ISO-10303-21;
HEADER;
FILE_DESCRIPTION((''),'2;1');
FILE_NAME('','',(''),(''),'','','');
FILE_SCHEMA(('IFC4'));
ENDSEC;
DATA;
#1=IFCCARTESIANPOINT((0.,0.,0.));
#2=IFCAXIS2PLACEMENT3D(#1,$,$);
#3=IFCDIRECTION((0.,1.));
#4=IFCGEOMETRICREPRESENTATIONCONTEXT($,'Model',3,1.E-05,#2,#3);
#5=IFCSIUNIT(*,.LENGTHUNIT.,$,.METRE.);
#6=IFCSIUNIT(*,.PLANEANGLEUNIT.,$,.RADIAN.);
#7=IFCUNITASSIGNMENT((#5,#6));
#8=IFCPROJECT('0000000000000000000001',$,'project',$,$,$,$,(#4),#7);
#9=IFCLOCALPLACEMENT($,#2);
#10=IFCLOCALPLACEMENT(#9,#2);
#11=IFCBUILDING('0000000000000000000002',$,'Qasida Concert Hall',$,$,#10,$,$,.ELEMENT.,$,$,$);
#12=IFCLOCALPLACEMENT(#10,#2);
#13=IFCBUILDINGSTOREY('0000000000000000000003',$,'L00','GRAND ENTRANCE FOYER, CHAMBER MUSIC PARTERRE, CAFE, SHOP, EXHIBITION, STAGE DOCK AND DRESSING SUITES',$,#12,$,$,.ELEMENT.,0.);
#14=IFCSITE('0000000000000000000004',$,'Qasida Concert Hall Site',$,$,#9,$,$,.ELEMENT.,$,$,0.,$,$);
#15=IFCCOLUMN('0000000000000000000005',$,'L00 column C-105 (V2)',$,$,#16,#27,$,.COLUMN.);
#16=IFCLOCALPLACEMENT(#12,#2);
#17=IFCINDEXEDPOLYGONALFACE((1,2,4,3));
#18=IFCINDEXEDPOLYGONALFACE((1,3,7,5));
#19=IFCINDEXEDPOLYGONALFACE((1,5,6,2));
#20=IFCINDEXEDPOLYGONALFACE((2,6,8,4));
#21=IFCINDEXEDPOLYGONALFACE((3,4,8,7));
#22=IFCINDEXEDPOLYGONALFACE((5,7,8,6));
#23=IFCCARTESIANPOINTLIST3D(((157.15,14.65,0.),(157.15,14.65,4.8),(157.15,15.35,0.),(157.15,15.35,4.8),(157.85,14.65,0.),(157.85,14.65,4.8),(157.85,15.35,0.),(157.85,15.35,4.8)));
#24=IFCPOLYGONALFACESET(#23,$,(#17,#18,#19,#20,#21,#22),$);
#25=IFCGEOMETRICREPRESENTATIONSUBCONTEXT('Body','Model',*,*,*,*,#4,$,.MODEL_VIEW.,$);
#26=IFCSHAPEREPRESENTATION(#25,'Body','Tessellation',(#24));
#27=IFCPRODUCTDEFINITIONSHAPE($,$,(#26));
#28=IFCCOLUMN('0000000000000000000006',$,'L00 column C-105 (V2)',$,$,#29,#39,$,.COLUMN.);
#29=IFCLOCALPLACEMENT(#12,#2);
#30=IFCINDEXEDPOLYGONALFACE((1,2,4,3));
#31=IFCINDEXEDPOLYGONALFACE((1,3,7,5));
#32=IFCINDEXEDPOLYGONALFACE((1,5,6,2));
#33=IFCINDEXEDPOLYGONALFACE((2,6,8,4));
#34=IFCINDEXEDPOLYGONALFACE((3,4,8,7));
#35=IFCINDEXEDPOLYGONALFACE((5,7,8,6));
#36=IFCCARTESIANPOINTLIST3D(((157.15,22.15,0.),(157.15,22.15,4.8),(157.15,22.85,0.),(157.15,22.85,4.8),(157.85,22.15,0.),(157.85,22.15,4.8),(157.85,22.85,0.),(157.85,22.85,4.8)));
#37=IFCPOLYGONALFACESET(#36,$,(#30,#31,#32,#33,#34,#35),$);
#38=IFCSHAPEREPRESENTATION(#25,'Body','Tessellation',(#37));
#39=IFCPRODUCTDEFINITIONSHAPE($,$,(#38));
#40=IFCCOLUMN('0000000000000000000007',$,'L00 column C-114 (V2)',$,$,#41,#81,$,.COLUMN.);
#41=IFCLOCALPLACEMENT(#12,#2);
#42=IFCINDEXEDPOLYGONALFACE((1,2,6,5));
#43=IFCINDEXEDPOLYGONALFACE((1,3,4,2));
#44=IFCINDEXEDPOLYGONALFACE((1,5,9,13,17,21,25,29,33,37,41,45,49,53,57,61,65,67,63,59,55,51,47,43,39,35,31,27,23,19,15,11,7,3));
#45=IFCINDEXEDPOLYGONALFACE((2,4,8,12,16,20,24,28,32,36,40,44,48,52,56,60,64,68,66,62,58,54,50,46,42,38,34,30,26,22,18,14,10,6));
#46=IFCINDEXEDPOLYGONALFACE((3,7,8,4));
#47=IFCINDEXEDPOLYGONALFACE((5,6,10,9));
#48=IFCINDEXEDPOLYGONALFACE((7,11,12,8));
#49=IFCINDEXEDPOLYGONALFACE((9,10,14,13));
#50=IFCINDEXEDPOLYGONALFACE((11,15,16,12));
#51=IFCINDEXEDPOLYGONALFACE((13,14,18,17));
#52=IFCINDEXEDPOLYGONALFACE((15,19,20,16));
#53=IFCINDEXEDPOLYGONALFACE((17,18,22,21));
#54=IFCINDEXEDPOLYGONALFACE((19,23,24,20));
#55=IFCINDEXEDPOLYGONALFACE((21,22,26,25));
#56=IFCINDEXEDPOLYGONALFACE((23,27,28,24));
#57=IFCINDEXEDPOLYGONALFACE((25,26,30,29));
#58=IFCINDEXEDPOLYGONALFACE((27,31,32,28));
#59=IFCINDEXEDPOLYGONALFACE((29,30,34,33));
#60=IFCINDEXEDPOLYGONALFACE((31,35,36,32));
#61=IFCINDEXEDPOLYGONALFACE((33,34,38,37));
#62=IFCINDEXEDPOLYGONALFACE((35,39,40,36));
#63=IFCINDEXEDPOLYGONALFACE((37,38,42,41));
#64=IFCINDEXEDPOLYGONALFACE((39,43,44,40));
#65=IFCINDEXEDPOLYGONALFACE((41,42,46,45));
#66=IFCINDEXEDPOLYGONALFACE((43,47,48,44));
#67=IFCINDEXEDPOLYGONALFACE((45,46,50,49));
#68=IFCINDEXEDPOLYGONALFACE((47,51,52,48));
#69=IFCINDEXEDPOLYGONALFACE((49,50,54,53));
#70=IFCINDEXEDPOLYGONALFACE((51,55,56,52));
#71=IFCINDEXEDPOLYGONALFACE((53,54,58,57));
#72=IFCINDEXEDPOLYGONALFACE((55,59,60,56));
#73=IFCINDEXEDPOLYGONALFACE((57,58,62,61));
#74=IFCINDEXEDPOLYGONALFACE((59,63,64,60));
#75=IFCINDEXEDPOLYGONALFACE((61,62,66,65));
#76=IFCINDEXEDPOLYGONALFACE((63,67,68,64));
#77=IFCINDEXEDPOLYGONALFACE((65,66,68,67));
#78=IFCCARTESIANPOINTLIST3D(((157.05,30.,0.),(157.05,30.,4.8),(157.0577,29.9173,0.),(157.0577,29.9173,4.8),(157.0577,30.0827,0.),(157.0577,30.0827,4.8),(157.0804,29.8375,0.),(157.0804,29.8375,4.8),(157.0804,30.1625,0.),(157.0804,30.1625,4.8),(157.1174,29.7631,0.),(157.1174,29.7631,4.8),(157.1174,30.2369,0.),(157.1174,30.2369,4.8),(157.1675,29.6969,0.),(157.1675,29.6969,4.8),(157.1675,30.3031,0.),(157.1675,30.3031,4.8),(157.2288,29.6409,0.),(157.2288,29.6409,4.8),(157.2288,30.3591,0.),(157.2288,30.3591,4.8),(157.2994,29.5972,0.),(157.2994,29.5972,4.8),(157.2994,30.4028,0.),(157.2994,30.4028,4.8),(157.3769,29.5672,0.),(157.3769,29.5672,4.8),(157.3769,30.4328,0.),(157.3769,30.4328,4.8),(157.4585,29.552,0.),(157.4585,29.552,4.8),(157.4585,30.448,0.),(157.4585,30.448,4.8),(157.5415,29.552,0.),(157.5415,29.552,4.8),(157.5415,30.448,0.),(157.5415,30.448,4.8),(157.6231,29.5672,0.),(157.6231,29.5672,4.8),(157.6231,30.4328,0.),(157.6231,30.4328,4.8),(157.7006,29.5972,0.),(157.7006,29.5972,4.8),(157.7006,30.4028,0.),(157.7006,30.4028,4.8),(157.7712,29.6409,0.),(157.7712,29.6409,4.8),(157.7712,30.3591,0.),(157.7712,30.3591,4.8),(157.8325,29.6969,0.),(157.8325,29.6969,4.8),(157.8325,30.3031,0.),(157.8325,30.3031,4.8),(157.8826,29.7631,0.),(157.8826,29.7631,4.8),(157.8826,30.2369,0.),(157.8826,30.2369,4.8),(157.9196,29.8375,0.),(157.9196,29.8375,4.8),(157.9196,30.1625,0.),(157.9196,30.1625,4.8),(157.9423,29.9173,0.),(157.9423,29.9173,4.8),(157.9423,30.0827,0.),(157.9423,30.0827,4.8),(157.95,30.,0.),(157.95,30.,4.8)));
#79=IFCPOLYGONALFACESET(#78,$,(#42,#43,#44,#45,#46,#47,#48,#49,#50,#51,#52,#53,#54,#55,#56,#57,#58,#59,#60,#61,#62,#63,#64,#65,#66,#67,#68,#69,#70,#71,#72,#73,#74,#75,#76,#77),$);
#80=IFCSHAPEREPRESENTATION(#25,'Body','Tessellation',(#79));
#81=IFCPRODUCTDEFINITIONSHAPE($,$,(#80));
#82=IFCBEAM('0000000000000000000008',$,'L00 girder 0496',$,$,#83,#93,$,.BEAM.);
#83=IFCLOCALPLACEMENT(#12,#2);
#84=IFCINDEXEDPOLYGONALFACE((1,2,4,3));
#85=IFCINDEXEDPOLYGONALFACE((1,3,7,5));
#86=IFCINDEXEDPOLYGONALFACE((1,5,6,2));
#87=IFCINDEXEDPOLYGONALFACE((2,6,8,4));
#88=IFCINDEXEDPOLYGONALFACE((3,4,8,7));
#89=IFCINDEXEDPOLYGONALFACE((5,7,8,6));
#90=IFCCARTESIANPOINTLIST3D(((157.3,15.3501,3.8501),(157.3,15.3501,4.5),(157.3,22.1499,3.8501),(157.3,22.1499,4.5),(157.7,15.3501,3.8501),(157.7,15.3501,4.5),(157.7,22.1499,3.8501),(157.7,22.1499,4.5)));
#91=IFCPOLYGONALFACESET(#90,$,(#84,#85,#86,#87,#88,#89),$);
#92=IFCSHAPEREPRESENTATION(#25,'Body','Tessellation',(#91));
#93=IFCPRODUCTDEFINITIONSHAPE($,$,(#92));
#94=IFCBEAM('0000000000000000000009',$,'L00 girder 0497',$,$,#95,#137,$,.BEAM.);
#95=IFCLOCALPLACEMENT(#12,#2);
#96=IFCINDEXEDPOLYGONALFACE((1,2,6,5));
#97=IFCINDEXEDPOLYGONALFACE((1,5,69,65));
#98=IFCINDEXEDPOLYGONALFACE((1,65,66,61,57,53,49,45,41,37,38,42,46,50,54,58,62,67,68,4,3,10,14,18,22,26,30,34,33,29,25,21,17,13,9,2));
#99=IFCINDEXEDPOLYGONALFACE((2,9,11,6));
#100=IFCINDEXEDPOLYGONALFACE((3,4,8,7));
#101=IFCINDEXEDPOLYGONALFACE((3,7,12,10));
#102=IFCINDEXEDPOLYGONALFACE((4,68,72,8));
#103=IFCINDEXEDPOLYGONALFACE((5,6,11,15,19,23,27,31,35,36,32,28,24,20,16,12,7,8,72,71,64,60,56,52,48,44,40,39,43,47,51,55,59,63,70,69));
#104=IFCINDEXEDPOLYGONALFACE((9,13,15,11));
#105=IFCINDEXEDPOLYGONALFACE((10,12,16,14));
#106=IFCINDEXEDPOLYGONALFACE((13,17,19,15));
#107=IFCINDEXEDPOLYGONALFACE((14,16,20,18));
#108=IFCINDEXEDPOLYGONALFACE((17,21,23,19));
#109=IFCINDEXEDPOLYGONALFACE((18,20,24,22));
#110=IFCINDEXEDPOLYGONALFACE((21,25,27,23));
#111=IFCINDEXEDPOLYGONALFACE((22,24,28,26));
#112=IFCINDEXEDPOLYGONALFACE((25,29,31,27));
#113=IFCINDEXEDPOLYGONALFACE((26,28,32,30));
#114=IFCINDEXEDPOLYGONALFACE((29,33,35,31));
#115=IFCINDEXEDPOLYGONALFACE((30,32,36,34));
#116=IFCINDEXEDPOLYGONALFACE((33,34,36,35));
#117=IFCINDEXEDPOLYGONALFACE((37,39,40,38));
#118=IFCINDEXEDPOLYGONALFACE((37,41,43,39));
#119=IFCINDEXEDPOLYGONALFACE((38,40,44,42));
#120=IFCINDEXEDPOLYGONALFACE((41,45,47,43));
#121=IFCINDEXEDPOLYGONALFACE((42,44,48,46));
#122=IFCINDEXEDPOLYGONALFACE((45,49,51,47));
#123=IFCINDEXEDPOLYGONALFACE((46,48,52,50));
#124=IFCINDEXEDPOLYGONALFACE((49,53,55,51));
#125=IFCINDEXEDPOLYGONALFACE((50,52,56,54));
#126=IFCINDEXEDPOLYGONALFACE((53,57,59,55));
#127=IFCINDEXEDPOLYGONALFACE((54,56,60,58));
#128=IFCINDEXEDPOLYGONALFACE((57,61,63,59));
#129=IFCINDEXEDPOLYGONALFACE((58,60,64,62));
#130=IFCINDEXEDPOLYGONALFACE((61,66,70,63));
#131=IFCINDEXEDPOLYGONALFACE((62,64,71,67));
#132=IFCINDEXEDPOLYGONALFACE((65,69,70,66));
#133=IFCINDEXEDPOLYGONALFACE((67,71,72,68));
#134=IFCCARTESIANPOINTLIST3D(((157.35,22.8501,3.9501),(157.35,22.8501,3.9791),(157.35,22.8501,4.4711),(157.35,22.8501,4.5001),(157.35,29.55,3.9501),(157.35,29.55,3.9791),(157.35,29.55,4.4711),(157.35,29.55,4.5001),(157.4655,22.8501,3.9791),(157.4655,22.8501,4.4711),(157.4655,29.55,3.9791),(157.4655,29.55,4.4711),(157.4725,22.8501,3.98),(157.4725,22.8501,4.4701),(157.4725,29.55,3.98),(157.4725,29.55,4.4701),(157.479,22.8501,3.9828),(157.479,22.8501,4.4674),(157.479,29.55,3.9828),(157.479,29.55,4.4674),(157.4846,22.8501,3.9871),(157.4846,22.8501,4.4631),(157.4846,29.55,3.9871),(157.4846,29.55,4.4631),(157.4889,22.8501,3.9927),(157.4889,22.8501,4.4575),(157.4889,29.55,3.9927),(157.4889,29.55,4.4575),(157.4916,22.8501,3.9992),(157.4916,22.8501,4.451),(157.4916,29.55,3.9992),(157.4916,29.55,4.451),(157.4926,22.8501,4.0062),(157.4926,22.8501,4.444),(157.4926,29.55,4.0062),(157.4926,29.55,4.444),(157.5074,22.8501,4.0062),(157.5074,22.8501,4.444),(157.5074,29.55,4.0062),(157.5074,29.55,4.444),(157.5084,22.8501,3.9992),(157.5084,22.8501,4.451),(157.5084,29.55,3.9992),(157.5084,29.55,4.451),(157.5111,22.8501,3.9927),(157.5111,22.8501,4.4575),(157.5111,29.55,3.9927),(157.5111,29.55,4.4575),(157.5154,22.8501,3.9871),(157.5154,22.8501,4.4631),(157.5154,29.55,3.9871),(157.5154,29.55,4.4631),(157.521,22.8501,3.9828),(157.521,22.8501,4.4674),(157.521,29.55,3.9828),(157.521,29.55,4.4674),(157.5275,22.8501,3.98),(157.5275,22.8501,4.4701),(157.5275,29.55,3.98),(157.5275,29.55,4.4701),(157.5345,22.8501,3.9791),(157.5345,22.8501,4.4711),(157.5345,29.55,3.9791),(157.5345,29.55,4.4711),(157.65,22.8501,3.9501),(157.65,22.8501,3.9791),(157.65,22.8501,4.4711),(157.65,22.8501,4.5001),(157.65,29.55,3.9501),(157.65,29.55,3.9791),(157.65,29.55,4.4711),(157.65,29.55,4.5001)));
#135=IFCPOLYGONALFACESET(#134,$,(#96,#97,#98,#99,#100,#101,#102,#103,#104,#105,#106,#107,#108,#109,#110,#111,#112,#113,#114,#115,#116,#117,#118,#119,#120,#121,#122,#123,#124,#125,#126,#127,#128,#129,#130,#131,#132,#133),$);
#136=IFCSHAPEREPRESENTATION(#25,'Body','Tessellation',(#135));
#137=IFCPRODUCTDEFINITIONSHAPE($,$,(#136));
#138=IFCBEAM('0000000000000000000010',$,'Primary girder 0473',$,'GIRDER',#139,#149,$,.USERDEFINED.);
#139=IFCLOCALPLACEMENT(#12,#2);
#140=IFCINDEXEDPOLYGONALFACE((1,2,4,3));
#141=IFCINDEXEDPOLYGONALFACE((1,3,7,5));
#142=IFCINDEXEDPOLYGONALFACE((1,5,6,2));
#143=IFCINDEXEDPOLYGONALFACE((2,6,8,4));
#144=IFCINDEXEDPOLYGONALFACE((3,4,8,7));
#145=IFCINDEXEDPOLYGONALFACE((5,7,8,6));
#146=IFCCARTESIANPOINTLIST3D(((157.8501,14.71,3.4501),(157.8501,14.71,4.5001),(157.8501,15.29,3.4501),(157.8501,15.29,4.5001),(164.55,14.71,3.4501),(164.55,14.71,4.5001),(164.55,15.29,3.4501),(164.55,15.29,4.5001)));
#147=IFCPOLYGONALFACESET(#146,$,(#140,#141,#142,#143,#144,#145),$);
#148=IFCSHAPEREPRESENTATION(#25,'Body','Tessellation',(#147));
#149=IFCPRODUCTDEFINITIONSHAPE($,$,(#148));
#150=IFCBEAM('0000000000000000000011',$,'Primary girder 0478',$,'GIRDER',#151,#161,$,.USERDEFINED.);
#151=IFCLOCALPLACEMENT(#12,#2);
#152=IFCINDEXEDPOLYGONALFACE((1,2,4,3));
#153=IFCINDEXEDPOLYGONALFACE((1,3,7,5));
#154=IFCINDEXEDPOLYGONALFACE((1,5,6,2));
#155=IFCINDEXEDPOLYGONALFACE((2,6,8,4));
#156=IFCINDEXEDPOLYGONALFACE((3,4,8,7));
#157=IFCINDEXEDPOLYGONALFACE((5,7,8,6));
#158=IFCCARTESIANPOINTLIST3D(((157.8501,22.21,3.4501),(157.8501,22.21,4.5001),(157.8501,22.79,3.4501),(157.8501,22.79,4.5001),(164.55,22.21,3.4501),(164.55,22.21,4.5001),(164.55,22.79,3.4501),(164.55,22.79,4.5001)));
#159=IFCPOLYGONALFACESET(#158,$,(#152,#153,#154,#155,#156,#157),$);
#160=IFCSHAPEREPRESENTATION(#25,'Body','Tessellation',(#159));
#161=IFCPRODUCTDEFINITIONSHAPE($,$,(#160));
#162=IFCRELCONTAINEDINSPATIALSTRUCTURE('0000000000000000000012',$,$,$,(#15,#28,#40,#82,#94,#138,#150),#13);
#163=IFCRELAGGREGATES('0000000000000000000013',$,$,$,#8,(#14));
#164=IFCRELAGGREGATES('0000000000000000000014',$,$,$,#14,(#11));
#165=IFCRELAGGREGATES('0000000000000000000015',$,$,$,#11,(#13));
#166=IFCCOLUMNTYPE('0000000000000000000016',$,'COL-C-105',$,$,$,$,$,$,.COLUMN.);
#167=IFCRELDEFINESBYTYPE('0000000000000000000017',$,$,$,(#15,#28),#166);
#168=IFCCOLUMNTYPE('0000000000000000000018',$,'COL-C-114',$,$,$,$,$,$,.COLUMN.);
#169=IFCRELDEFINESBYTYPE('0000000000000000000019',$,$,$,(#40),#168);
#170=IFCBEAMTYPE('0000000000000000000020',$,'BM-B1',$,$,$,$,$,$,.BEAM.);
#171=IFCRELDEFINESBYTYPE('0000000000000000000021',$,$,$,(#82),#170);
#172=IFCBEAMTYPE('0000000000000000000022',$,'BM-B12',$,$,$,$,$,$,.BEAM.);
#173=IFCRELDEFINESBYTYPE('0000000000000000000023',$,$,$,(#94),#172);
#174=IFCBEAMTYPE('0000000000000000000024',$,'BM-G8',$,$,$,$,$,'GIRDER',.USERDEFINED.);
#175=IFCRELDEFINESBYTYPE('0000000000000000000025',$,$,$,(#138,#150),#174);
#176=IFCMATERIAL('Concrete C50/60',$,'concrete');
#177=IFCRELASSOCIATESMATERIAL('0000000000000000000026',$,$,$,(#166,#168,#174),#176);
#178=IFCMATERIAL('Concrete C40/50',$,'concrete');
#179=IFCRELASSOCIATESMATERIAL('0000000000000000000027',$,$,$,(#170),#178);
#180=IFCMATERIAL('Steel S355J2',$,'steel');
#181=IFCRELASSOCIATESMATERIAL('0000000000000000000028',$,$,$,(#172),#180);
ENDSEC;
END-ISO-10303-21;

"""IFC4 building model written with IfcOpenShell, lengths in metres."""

from ifc_helpers import new_model, si_unit, direction, frame, origin, origin_2d, place, context, subcontext, project, spatial, rectangle, circle, i_section, extrude, material, material_profile, profile_set, type_object, element, save


model = new_model("IFC4")

# Units and contexts
model_context = context("Model", 3, precision=1e-05, world=origin(), true_north=direction((0.0, 1.0)))
body_context = subcontext(model_context, "Body", "Model", "MODEL_VIEW")
ifc_project = project(units=[si_unit("LENGTHUNIT", "METRE"), si_unit("PLANEANGLEUNIT", "RADIAN")], contexts=[model_context])

# Site, building, storey
site_placement = place(None, origin())
site = spatial("IfcSite", under=ifc_project, at=site_placement, Name="Qasida Concert Hall Site", CompositionType="ELEMENT", RefElevation=0.0)
building_placement = place(site_placement, origin())
building = spatial("IfcBuilding", under=site, at=building_placement, Name="Qasida Concert Hall", CompositionType="ELEMENT")
storey_placement = place(building_placement, origin())
storey = spatial("IfcBuildingStorey", under=building, at=storey_placement, Name="L00", Description="GRAND ENTRANCE FOYER, CHAMBER MUSIC PARTERRE, CAFE, SHOP, EXHIBITION, STAGE DOCK AND DRESSING SUITES", CompositionType="ELEMENT", Elevation=0.0)

# Columns
ifc_material_1 = material(Name="Concrete C50/60", Category="concrete")
ifc_material_profile_1 = material_profile(ifc_material_1, rectangle(XDim=0.7, YDim=0.7, at=origin_2d()), Name="RC 700x700")
ifc_profile_set_1 = profile_set([ifc_material_profile_1], Name="Concrete C50/60")
column_type_1 = type_object("IfcColumnType", Name="COL-C-105", PredefinedType="COLUMN", material=ifc_profile_set_1)
for number, where, z_axis, x_axis, name in (
    (1, (157.5, 15.0, 0.0), (0.0, 0.0, 1.0), (1.0, 0.0, 0.0), "L00 column C-105 (V2)"),
    (2, (157.5, 22.5, 0.0), (0.0, 0.0, 1.0), (1.0, 0.0, 0.0), "L00 column C-105 (V2)"),
):
    element("IfcColumn", number, at=place(storey_placement, frame(where, z_axis=z_axis, x_axis=x_axis)), inside=storey, type_object=column_type_1, Name=name, PredefinedType="COLUMN", context=body_context, shape_type="SweptSolid", body=[
        extrude(rectangle(XDim=0.7, YDim=0.7, at=origin_2d()), origin(), (0.0, 0.0, 1.0), 4.8),
    ])
ifc_material_profile_2 = material_profile(ifc_material_1, circle(Radius=0.45, at=origin_2d()), Name="RC COL D900")
ifc_profile_set_2 = profile_set([ifc_material_profile_2], Name="Concrete C50/60")
column_type_2 = type_object("IfcColumnType", Name="COL-C-114", PredefinedType="COLUMN", material=ifc_profile_set_2)
column_placement = place(storey_placement, frame((157.5, 30.0, 0.0), z_axis=(0.0, 0.0, 1.0), x_axis=(1.0, 0.0, 0.0)))
element("IfcColumn", 3, at=column_placement, inside=storey, type_object=column_type_2, Name="L00 column C-114 (V2)", PredefinedType="COLUMN", context=body_context, shape_type="SweptSolid", body=[
    extrude(circle(Radius=0.45, at=origin_2d()), origin(), (0.0, 0.0, 1.0), 4.8),
])

# Beams
ifc_material_2 = material(Name="Concrete C40/50", Category="concrete")
ifc_material_profile_3 = material_profile(ifc_material_2, rectangle(XDim=0.3999, YDim=0.6499, at=origin_2d()), Name="RC 400x650")
ifc_profile_set_3 = profile_set([ifc_material_profile_3], Name="Concrete C40/50")
beam_type_1 = type_object("IfcBeamType", Name="BM-B1", PredefinedType="BEAM", material=ifc_profile_set_3)
beam_1_placement = place(storey_placement, frame((157.5, 15.3501, 4.175), z_axis=(0.0, 1.0, 0.0), x_axis=(-1.0, 0.0, 0.0)))
element("IfcBeam", 4, at=beam_1_placement, inside=storey, type_object=beam_type_1, Name="L00 girder 0496", PredefinedType="BEAM", context=body_context, shape_type="SweptSolid", body=[
    extrude(rectangle(XDim=0.3999, YDim=0.6499, at=origin_2d()), origin(), (0.0, 0.0, 1.0), 6.7998),
])
ifc_material_3 = material(Name="Steel S355J2", Category="steel")
ifc_material_profile_4 = material_profile(ifc_material_3, i_section(OverallWidth=0.3, OverallDepth=0.55, WebThickness=0.0149, FlangeThickness=0.0291, FilletRadius=0.0271, at=origin_2d()), Name="HEB 550")
ifc_profile_set_4 = profile_set([ifc_material_profile_4], Name="Steel S355J2")
beam_type_2 = type_object("IfcBeamType", Name="BM-B12", PredefinedType="BEAM", material=ifc_profile_set_4)
beam_2_placement = place(storey_placement, frame((157.5, 22.8501, 4.2251), z_axis=(0.0, 1.0, 0.0), x_axis=(-1.0, 0.0, 0.0)))
element("IfcBeam", 5, at=beam_2_placement, inside=storey, type_object=beam_type_2, Name="L00 girder 0497", PredefinedType="BEAM", context=body_context, shape_type="SweptSolid", body=[
    extrude(i_section(OverallWidth=0.3, OverallDepth=0.55, WebThickness=0.0149, FlangeThickness=0.0291, FilletRadius=0.0271, at=origin_2d()), origin(), (0.0, 0.0, 1.0), 6.7),
])
ifc_material_profile_5 = material_profile(ifc_material_1, rectangle(XDim=0.5801, YDim=1.05, at=origin_2d()), Name="RC 580x1050")
ifc_profile_set_5 = profile_set([ifc_material_profile_5], Name="Concrete C50/60")
beam_type_3 = type_object("IfcBeamType", Name="BM-G8", ElementType="GIRDER", PredefinedType="USERDEFINED", material=ifc_profile_set_5)
for number, where, z_axis, x_axis, name in (
    (6, (157.8501, 15.0, 3.9751), (1.0, 0.0, 0.0), (0.0, 1.0, 0.0), "Primary girder 0473"),
    (7, (157.8501, 22.5, 3.9751), (1.0, 0.0, 0.0), (0.0, 1.0, 0.0), "Primary girder 0478"),
):
    element("IfcBeam", number, at=place(storey_placement, frame(where, z_axis=z_axis, x_axis=x_axis)), inside=storey, type_object=beam_type_3, Name=name, ObjectType="GIRDER", PredefinedType="USERDEFINED", context=body_context, shape_type="SweptSolid", body=[
        extrude(rectangle(XDim=0.5801, YDim=1.05, at=origin_2d()), origin(), (0.0, 0.0, 1.0), 6.7),
    ])

save(model, "model.ifc")
